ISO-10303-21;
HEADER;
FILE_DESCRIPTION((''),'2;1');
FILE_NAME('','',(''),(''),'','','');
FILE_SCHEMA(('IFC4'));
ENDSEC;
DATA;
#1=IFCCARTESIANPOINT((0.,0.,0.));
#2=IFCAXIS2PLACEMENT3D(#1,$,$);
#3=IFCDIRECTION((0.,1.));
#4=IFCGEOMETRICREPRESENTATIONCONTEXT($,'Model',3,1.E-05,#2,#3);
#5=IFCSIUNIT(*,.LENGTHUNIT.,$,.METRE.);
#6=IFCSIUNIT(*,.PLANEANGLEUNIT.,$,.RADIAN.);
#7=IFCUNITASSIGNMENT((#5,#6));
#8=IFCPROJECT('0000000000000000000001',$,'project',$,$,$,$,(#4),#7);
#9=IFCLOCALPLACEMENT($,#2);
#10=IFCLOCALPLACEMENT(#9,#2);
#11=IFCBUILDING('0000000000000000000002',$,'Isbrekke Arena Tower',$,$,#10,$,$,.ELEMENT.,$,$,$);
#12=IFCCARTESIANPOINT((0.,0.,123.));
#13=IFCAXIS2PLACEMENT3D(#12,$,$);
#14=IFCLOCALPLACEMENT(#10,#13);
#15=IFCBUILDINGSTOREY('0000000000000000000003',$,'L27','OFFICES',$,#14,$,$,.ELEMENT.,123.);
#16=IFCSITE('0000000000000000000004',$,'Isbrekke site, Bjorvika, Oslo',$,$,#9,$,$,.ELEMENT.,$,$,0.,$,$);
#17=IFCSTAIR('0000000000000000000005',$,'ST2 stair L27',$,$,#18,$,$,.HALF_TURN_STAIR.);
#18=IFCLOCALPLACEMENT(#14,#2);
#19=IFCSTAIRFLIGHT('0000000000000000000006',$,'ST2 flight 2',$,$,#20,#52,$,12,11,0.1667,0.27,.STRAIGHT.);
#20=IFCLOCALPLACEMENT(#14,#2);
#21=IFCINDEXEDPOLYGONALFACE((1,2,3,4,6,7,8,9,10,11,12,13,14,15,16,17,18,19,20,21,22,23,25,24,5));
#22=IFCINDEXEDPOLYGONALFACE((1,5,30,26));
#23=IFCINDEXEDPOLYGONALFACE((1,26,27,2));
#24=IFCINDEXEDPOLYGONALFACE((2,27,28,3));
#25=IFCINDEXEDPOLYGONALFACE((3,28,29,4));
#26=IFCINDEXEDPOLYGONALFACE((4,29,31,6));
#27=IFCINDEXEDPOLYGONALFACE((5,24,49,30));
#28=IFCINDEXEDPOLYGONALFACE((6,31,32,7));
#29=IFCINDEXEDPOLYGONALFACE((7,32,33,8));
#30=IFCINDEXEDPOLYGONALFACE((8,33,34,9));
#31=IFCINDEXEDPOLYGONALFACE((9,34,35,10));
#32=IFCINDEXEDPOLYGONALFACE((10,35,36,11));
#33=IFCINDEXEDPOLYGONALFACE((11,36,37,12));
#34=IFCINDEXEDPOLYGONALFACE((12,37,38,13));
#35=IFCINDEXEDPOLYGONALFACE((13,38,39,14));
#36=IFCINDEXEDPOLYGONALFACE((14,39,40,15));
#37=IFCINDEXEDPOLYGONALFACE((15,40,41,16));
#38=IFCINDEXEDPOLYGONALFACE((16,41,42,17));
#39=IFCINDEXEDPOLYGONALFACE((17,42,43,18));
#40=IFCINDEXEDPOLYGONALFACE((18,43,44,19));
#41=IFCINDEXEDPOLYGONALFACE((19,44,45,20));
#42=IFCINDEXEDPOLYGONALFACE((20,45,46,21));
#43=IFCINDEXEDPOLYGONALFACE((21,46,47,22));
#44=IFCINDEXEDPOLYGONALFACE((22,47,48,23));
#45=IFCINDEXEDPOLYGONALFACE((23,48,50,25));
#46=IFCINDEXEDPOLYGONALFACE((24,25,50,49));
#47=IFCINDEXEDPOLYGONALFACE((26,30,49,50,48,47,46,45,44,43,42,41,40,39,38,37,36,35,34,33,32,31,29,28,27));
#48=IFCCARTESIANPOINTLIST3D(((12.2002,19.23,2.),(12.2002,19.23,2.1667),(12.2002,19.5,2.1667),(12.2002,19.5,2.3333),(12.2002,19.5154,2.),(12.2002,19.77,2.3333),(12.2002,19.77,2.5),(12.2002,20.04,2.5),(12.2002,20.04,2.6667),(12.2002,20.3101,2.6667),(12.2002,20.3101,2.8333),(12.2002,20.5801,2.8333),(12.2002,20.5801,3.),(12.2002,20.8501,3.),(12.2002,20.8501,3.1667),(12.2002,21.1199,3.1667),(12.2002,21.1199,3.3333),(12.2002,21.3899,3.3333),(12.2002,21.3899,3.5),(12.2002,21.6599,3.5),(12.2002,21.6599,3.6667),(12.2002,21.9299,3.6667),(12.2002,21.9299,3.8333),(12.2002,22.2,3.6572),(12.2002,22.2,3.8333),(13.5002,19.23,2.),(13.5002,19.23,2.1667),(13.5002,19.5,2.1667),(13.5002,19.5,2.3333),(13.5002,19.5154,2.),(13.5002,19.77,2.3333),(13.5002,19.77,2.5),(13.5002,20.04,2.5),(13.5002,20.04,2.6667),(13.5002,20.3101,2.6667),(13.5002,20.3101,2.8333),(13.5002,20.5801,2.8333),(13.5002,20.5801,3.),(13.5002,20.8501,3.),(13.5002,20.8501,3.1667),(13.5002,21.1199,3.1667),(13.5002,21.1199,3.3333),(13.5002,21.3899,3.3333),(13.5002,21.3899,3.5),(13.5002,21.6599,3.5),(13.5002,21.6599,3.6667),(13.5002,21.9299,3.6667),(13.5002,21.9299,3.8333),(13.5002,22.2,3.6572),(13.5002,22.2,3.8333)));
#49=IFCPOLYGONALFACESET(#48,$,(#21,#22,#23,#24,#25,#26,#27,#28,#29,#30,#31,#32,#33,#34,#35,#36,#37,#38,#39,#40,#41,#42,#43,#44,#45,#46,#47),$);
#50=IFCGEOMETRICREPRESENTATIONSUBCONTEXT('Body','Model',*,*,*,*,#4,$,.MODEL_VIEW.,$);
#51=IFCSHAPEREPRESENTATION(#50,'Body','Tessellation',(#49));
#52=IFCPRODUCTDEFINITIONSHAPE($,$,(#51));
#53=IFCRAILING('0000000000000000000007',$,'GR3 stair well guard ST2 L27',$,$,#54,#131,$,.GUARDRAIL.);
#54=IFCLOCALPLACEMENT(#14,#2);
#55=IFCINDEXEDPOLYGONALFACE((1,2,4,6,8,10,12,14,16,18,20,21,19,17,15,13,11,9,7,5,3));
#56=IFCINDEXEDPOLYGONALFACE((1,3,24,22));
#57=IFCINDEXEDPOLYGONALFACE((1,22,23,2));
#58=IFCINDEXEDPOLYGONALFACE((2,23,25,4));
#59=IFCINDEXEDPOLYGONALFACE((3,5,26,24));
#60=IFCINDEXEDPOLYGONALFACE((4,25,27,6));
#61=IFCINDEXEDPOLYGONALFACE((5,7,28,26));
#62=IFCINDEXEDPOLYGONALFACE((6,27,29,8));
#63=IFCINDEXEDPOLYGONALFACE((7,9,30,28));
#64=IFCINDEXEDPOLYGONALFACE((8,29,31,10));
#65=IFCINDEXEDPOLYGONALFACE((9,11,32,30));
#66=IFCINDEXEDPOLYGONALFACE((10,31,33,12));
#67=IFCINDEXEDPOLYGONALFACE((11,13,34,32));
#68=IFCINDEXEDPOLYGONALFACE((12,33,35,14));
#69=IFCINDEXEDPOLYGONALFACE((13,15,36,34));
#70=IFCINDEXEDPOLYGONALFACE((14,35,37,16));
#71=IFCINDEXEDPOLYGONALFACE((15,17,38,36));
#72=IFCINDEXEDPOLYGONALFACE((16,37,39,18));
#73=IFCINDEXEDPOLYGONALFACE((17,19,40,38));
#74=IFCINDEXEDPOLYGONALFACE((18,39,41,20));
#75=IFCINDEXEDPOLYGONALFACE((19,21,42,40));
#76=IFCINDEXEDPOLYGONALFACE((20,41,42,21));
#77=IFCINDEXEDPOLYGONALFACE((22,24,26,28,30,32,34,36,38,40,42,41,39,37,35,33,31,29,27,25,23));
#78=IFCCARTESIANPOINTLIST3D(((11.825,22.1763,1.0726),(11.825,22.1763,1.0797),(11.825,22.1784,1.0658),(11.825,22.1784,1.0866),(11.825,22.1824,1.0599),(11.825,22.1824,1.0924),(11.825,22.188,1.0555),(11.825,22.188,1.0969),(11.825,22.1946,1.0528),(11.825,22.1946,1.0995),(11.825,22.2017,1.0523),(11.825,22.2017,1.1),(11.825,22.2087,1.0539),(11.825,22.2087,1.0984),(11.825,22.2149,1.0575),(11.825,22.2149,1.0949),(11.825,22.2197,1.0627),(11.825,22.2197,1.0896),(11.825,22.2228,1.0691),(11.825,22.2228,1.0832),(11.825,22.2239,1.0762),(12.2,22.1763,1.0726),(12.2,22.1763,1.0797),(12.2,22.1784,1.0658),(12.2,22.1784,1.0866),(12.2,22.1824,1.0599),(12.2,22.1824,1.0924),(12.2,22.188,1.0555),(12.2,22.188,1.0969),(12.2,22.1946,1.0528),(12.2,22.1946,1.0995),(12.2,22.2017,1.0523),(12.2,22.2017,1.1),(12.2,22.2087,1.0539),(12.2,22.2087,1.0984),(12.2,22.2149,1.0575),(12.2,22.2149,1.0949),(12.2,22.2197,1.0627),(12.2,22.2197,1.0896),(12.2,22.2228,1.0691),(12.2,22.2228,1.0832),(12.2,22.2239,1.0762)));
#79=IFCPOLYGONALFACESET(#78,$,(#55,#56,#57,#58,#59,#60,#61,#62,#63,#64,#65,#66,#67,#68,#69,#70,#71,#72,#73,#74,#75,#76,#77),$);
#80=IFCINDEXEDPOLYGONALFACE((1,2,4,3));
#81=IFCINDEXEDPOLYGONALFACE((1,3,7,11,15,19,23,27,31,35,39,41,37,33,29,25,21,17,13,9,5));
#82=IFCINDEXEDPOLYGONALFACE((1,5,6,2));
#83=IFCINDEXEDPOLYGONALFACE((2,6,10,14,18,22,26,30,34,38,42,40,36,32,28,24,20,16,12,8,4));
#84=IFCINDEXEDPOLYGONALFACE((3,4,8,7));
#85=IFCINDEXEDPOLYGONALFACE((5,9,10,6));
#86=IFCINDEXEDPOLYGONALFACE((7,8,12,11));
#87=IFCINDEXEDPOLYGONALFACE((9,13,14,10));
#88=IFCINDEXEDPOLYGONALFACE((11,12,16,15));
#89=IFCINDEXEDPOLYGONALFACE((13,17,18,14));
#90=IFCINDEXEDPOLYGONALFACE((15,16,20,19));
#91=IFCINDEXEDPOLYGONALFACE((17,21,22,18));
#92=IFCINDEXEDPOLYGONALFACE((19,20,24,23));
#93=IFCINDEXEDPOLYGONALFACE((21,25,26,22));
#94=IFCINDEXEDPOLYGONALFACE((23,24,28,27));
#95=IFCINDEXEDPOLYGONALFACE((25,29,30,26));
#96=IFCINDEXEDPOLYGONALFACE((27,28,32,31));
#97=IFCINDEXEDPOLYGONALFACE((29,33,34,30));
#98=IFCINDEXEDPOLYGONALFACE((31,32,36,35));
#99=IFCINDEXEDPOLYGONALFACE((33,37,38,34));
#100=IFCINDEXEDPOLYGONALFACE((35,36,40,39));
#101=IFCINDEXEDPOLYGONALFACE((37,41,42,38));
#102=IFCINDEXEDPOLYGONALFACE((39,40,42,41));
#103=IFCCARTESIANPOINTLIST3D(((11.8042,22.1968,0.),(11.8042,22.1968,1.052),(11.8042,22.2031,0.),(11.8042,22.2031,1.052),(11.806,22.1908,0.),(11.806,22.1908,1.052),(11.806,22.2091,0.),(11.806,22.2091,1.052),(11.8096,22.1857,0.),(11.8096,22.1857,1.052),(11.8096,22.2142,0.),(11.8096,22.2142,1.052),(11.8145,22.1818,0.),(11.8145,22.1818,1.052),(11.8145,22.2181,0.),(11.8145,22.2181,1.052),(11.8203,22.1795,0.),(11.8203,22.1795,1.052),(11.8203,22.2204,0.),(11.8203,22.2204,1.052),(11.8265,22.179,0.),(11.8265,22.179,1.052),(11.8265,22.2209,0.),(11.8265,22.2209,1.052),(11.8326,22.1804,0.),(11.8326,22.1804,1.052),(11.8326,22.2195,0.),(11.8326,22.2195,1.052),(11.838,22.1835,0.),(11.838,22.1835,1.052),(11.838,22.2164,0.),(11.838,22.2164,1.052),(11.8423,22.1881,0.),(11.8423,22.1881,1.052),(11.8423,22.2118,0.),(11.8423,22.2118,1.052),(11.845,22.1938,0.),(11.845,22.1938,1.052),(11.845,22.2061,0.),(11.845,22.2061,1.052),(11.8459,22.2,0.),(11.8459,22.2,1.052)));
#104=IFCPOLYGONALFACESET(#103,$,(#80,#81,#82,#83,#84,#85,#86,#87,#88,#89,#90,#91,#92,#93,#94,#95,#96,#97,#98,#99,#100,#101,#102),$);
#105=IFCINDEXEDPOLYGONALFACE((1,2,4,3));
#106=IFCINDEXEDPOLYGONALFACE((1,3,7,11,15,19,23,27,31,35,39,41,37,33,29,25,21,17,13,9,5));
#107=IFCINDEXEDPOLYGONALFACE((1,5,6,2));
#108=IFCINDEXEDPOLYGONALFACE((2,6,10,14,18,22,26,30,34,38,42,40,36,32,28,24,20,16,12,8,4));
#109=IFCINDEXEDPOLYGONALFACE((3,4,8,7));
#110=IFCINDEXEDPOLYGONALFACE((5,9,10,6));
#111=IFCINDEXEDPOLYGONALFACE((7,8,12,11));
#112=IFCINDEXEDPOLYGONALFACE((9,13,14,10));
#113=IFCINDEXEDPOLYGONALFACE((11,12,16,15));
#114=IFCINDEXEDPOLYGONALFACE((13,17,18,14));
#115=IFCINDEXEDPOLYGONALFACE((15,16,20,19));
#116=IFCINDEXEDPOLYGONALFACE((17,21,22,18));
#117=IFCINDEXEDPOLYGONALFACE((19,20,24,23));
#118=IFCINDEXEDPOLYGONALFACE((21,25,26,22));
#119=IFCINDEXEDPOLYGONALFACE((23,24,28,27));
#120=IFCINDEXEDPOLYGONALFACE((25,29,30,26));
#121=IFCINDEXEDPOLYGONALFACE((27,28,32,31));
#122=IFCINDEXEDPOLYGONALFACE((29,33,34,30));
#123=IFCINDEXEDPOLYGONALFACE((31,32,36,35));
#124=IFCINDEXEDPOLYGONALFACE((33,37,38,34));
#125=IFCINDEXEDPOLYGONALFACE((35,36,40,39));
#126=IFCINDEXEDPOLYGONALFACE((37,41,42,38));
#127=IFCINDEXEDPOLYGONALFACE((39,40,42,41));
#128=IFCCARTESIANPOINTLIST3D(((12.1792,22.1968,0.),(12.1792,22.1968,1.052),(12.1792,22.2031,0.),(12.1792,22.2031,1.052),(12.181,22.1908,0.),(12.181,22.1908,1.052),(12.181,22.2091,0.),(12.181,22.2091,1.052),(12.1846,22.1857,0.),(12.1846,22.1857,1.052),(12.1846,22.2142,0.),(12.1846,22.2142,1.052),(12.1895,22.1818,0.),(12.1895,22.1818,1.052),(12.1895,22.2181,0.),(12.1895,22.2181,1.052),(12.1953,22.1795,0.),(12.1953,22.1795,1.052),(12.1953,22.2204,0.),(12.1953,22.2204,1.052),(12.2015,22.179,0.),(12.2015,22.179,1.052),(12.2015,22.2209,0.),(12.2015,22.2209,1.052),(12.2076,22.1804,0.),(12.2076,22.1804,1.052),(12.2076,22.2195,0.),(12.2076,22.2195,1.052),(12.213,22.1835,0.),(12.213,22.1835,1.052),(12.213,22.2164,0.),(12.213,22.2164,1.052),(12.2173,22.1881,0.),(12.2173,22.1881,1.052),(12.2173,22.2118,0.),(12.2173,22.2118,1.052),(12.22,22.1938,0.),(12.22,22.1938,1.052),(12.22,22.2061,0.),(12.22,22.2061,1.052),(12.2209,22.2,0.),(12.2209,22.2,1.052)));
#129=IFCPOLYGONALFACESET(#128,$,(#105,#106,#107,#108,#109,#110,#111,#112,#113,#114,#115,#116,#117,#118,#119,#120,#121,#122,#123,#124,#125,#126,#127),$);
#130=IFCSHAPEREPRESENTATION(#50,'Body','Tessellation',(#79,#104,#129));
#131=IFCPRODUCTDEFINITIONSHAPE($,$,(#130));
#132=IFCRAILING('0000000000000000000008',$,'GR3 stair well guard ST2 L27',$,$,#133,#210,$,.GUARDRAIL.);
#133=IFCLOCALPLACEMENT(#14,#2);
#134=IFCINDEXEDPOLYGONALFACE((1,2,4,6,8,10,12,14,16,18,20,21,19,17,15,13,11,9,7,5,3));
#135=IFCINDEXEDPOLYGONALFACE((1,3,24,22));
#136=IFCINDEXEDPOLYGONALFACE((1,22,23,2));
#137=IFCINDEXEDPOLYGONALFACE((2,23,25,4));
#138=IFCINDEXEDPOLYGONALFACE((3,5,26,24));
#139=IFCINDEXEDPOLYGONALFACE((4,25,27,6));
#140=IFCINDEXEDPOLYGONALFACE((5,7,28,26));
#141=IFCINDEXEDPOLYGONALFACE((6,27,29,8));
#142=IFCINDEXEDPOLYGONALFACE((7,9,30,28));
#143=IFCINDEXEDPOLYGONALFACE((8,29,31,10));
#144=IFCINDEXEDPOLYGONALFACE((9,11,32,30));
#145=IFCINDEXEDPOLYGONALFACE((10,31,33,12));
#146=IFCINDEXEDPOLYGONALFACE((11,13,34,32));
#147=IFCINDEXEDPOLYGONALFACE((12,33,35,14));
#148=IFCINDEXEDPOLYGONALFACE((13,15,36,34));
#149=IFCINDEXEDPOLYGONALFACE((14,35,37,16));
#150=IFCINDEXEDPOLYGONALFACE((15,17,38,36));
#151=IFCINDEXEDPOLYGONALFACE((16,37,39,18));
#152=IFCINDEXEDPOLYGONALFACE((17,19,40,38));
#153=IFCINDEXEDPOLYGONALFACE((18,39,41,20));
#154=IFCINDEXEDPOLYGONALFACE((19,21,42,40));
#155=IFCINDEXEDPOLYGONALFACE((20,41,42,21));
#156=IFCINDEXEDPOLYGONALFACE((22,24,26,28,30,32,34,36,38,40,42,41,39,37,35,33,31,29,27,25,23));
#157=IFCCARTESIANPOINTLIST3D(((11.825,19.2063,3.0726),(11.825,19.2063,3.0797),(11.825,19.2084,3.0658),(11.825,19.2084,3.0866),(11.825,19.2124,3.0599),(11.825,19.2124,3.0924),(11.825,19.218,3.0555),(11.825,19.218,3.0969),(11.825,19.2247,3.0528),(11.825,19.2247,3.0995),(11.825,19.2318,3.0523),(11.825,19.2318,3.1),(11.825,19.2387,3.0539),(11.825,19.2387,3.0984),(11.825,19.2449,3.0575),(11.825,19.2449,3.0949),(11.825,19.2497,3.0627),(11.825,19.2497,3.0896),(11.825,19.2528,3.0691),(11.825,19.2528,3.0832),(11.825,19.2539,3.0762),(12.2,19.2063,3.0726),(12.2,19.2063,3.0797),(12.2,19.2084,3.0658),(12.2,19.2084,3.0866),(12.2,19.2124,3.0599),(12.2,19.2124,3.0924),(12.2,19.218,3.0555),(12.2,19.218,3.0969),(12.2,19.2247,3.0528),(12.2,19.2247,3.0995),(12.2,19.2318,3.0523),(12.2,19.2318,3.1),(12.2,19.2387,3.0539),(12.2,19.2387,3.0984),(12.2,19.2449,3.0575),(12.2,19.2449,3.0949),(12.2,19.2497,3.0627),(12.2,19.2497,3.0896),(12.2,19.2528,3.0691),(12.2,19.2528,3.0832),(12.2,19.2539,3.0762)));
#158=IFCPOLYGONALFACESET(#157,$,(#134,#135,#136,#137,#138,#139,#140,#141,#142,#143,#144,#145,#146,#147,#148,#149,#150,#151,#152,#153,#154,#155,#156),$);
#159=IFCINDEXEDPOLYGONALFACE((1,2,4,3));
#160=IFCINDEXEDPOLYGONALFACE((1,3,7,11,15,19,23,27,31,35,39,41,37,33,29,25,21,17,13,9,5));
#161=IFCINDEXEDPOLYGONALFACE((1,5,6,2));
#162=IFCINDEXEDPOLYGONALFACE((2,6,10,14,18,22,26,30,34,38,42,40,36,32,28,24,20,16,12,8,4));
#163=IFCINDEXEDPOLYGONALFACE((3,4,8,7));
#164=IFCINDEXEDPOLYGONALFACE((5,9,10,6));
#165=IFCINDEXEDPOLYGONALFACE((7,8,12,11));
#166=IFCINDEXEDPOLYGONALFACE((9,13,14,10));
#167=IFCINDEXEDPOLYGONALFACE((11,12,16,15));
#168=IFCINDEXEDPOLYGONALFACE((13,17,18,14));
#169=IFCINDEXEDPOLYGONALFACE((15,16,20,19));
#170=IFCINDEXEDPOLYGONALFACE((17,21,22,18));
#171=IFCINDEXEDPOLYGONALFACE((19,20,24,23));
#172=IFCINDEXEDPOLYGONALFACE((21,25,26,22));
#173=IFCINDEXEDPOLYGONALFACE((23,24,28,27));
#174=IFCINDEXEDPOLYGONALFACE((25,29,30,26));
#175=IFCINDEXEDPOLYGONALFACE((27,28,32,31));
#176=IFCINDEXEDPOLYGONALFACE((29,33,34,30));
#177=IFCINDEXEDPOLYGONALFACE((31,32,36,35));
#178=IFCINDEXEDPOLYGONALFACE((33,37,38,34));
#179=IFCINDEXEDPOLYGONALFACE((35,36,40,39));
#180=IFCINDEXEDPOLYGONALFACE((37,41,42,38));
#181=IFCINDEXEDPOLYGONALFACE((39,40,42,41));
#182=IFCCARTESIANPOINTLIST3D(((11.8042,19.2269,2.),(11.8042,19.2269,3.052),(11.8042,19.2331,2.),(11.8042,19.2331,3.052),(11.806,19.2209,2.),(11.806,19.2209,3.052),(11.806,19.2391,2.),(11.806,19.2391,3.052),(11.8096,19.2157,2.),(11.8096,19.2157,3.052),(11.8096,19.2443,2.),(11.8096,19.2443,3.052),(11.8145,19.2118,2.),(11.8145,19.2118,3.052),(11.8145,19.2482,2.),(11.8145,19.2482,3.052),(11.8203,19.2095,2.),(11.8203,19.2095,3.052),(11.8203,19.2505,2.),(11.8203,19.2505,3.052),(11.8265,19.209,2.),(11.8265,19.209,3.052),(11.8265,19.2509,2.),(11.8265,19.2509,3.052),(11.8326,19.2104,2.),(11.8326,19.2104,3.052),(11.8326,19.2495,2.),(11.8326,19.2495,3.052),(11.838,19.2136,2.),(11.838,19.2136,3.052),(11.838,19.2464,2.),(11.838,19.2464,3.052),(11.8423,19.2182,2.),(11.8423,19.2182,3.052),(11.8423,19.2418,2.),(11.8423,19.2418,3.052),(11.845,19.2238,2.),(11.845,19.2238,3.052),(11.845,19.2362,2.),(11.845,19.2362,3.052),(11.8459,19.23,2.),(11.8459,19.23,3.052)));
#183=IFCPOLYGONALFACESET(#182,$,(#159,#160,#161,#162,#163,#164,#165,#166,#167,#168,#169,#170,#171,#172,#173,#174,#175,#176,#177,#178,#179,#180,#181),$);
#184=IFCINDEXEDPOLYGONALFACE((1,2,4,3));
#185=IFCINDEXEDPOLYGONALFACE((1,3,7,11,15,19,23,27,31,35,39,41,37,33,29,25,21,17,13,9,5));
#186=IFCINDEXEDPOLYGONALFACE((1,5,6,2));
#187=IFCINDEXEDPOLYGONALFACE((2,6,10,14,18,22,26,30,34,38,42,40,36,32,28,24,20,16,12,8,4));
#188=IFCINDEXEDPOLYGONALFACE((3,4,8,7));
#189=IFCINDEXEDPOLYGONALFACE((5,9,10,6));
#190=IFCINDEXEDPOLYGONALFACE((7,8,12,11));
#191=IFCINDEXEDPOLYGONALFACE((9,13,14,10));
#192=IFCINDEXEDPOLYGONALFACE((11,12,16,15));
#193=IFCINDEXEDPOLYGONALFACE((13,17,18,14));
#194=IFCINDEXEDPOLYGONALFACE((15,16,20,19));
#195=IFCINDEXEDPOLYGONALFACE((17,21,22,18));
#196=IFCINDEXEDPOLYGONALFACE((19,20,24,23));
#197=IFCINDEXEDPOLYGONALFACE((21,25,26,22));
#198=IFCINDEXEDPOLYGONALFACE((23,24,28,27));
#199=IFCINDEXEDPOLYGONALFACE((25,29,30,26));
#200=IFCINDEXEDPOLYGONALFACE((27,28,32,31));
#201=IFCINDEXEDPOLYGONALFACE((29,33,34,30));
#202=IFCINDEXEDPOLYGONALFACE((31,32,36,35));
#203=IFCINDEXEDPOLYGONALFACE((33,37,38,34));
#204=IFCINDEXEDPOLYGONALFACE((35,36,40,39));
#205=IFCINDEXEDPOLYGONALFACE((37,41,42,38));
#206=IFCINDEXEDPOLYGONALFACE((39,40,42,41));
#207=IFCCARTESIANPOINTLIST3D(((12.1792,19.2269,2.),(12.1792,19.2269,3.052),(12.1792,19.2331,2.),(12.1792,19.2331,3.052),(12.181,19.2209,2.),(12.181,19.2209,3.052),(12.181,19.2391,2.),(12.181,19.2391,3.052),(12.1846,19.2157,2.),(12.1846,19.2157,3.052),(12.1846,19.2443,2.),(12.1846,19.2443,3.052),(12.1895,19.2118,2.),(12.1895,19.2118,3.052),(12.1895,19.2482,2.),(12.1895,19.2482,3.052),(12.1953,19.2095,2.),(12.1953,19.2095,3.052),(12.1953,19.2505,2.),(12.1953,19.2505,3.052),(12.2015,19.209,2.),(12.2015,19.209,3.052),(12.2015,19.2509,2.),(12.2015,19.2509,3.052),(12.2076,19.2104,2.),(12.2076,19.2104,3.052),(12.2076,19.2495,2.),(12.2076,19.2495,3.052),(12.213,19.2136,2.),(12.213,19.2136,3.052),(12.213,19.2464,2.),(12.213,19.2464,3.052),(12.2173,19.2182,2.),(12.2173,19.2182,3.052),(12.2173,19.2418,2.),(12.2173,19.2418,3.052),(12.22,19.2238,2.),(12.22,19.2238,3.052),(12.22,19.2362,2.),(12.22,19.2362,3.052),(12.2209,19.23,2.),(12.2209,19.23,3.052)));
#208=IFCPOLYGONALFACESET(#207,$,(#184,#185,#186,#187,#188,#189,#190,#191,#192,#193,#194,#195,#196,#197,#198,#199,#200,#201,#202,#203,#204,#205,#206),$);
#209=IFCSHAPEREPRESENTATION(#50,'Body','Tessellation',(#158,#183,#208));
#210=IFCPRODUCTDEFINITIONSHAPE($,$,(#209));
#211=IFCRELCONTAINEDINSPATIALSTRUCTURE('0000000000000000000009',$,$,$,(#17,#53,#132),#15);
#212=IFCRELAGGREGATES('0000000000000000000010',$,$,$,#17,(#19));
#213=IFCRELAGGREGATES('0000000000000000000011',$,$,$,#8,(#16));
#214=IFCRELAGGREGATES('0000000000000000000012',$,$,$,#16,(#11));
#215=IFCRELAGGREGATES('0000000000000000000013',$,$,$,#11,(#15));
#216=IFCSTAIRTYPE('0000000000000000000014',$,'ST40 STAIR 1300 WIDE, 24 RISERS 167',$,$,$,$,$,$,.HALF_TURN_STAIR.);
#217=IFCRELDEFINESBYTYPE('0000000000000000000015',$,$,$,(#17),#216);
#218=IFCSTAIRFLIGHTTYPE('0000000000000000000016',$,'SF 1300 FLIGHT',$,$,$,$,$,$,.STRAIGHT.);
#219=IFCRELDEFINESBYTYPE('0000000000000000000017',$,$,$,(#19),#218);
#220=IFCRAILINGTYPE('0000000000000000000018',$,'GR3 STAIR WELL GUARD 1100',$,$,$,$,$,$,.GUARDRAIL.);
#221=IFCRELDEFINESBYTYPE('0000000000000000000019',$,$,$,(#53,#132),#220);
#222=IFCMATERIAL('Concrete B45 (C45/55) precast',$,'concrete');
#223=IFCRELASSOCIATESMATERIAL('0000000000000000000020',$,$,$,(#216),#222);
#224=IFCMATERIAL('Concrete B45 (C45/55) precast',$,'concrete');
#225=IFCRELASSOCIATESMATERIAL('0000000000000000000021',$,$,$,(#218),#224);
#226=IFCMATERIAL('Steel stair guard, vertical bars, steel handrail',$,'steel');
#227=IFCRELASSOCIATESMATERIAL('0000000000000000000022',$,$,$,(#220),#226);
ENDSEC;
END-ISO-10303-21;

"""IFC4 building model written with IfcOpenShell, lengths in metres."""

from ifc_helpers import new_model, si_unit, direction, frame, origin, origin_2d, place, context, subcontext, project, spatial, polyline, circle, outline, extrude, material, type_object, element, aggregate, save


model = new_model("IFC4")

# Units and contexts
model_context = context("Model", 3, precision=1e-05, world=origin(), true_north=direction((0.0, 1.0)))
body_context = subcontext(model_context, "Body", "Model", "MODEL_VIEW")
ifc_project = project(units=[si_unit("LENGTHUNIT", "METRE"), si_unit("PLANEANGLEUNIT", "RADIAN")], contexts=[model_context])

# Site, building, storey
site_placement = place(None, origin())
site = spatial("IfcSite", under=ifc_project, at=site_placement, Name="Isbrekke site, Bjorvika, Oslo", CompositionType="ELEMENT", RefElevation=0.0)
building_placement = place(site_placement, origin())
building = spatial("IfcBuilding", under=site, at=building_placement, Name="Isbrekke Arena Tower", CompositionType="ELEMENT")
storey_placement = place(building_placement, frame((0.0, 0.0, 123.0)))
storey = spatial("IfcBuildingStorey", under=building, at=storey_placement, Name="L27", Description="OFFICES", CompositionType="ELEMENT", Elevation=123.0)

# Stair, stair flight
ifc_material_1 = material(Name="Concrete B45 (C45/55) precast", Category="concrete")
stair_type = type_object("IfcStairType", Name="ST40 STAIR 1300 WIDE, 24 RISERS 167", PredefinedType="HALF_TURN_STAIR", material=ifc_material_1)
stair_placement = place(storey_placement, origin())
stair = element("IfcStair", 1, at=stair_placement, inside=storey, type_object=stair_type, Name="ST2 stair L27", PredefinedType="HALF_TURN_STAIR")
ifc_material_2 = material(Name="Concrete B45 (C45/55) precast", Category="concrete")
stair_flight_type = type_object("IfcStairFlightType", Name="SF 1300 FLIGHT", PredefinedType="STRAIGHT", material=ifc_material_2)
stair_flight_1_placement = place(storey_placement, frame((12.8501, 19.23, 2.0), z_axis=(0.0, 0.0, 1.0), x_axis=(0.0, 1.0, 0.0)))
stair_flight_1 = element("IfcStairFlight", 2, at=stair_flight_1_placement, type_object=stair_flight_type, Name="ST2 flight 2", NumberOfRisers=12, NumberOfTreads=11, PredefinedType="STRAIGHT", RiserHeight=0.1667, TreadLength=0.27, context=body_context, shape_type="SweptSolid", body=[
    extrude(outline(polyline([(0.0, 0.0), (0.0, 0.1667), (0.27, 0.1667), (0.27, 0.3333), (0.54, 0.3333), (0.54, 0.5), (0.8101, 0.5), (0.8101, 0.6667), (1.0801, 0.6667), (1.0801, 0.8333), (1.3501, 0.8333), (1.3501, 1.0), (1.6201, 1.0), (1.6201, 1.1667), (1.8899, 1.1667), (1.8899, 1.3333), (2.1599, 1.3333), (2.1599, 1.5), (2.4299, 1.5), (2.4299, 1.6667), (2.7, 1.6667), (2.7, 1.8333), (2.97, 1.8333), (2.97, 2.0), (2.97, 1.6572), (0.2854, 0.0), (0.0, 0.0)])), frame((0.0, 0.6499, 0.0), z_axis=(0.0, -1.0, 0.0), x_axis=(1.0, 0.0, 0.0)), (0.0, 0.0, 1.0), 1.3),
])
aggregate(stair, [stair_flight_1])

# Railings
ifc_material_3 = material(Name="Steel stair guard, vertical bars, steel handrail", Category="steel")
railing_type = type_object("IfcRailingType", Name="GR3 STAIR WELL GUARD 1100", PredefinedType="GUARDRAIL", material=ifc_material_3)
for number, where, name in (
    (3, (11.825, 22.2, 0.0), "GR3 stair well guard ST2 L27"),
    (4, (11.825, 19.23, 2.0), "GR3 stair well guard ST2 L27"),
):
    element("IfcRailing", number, at=place(storey_placement, frame(where)), inside=storey, type_object=railing_type, Name=name, PredefinedType="GUARDRAIL", context=body_context, shape_type="SweptSolid", body=[
        extrude(circle(Radius=0.0239, at=origin_2d()), frame((0.0, 0.0, 1.0762), z_axis=(1.0, 0.0, 0.0), x_axis=(0.0, 1.0, 0.0)), (0.0, 0.0, 1.0), 0.375),
        extrude(circle(Radius=0.021, at=origin_2d()), origin(), (0.0, 0.0, 1.0), 1.052),
        extrude(circle(Radius=0.021, at=origin_2d()), frame((0.375, 0.0, 0.0)), (0.0, 0.0, 1.0), 1.052),
    ])

save(model, "model.ifc")
